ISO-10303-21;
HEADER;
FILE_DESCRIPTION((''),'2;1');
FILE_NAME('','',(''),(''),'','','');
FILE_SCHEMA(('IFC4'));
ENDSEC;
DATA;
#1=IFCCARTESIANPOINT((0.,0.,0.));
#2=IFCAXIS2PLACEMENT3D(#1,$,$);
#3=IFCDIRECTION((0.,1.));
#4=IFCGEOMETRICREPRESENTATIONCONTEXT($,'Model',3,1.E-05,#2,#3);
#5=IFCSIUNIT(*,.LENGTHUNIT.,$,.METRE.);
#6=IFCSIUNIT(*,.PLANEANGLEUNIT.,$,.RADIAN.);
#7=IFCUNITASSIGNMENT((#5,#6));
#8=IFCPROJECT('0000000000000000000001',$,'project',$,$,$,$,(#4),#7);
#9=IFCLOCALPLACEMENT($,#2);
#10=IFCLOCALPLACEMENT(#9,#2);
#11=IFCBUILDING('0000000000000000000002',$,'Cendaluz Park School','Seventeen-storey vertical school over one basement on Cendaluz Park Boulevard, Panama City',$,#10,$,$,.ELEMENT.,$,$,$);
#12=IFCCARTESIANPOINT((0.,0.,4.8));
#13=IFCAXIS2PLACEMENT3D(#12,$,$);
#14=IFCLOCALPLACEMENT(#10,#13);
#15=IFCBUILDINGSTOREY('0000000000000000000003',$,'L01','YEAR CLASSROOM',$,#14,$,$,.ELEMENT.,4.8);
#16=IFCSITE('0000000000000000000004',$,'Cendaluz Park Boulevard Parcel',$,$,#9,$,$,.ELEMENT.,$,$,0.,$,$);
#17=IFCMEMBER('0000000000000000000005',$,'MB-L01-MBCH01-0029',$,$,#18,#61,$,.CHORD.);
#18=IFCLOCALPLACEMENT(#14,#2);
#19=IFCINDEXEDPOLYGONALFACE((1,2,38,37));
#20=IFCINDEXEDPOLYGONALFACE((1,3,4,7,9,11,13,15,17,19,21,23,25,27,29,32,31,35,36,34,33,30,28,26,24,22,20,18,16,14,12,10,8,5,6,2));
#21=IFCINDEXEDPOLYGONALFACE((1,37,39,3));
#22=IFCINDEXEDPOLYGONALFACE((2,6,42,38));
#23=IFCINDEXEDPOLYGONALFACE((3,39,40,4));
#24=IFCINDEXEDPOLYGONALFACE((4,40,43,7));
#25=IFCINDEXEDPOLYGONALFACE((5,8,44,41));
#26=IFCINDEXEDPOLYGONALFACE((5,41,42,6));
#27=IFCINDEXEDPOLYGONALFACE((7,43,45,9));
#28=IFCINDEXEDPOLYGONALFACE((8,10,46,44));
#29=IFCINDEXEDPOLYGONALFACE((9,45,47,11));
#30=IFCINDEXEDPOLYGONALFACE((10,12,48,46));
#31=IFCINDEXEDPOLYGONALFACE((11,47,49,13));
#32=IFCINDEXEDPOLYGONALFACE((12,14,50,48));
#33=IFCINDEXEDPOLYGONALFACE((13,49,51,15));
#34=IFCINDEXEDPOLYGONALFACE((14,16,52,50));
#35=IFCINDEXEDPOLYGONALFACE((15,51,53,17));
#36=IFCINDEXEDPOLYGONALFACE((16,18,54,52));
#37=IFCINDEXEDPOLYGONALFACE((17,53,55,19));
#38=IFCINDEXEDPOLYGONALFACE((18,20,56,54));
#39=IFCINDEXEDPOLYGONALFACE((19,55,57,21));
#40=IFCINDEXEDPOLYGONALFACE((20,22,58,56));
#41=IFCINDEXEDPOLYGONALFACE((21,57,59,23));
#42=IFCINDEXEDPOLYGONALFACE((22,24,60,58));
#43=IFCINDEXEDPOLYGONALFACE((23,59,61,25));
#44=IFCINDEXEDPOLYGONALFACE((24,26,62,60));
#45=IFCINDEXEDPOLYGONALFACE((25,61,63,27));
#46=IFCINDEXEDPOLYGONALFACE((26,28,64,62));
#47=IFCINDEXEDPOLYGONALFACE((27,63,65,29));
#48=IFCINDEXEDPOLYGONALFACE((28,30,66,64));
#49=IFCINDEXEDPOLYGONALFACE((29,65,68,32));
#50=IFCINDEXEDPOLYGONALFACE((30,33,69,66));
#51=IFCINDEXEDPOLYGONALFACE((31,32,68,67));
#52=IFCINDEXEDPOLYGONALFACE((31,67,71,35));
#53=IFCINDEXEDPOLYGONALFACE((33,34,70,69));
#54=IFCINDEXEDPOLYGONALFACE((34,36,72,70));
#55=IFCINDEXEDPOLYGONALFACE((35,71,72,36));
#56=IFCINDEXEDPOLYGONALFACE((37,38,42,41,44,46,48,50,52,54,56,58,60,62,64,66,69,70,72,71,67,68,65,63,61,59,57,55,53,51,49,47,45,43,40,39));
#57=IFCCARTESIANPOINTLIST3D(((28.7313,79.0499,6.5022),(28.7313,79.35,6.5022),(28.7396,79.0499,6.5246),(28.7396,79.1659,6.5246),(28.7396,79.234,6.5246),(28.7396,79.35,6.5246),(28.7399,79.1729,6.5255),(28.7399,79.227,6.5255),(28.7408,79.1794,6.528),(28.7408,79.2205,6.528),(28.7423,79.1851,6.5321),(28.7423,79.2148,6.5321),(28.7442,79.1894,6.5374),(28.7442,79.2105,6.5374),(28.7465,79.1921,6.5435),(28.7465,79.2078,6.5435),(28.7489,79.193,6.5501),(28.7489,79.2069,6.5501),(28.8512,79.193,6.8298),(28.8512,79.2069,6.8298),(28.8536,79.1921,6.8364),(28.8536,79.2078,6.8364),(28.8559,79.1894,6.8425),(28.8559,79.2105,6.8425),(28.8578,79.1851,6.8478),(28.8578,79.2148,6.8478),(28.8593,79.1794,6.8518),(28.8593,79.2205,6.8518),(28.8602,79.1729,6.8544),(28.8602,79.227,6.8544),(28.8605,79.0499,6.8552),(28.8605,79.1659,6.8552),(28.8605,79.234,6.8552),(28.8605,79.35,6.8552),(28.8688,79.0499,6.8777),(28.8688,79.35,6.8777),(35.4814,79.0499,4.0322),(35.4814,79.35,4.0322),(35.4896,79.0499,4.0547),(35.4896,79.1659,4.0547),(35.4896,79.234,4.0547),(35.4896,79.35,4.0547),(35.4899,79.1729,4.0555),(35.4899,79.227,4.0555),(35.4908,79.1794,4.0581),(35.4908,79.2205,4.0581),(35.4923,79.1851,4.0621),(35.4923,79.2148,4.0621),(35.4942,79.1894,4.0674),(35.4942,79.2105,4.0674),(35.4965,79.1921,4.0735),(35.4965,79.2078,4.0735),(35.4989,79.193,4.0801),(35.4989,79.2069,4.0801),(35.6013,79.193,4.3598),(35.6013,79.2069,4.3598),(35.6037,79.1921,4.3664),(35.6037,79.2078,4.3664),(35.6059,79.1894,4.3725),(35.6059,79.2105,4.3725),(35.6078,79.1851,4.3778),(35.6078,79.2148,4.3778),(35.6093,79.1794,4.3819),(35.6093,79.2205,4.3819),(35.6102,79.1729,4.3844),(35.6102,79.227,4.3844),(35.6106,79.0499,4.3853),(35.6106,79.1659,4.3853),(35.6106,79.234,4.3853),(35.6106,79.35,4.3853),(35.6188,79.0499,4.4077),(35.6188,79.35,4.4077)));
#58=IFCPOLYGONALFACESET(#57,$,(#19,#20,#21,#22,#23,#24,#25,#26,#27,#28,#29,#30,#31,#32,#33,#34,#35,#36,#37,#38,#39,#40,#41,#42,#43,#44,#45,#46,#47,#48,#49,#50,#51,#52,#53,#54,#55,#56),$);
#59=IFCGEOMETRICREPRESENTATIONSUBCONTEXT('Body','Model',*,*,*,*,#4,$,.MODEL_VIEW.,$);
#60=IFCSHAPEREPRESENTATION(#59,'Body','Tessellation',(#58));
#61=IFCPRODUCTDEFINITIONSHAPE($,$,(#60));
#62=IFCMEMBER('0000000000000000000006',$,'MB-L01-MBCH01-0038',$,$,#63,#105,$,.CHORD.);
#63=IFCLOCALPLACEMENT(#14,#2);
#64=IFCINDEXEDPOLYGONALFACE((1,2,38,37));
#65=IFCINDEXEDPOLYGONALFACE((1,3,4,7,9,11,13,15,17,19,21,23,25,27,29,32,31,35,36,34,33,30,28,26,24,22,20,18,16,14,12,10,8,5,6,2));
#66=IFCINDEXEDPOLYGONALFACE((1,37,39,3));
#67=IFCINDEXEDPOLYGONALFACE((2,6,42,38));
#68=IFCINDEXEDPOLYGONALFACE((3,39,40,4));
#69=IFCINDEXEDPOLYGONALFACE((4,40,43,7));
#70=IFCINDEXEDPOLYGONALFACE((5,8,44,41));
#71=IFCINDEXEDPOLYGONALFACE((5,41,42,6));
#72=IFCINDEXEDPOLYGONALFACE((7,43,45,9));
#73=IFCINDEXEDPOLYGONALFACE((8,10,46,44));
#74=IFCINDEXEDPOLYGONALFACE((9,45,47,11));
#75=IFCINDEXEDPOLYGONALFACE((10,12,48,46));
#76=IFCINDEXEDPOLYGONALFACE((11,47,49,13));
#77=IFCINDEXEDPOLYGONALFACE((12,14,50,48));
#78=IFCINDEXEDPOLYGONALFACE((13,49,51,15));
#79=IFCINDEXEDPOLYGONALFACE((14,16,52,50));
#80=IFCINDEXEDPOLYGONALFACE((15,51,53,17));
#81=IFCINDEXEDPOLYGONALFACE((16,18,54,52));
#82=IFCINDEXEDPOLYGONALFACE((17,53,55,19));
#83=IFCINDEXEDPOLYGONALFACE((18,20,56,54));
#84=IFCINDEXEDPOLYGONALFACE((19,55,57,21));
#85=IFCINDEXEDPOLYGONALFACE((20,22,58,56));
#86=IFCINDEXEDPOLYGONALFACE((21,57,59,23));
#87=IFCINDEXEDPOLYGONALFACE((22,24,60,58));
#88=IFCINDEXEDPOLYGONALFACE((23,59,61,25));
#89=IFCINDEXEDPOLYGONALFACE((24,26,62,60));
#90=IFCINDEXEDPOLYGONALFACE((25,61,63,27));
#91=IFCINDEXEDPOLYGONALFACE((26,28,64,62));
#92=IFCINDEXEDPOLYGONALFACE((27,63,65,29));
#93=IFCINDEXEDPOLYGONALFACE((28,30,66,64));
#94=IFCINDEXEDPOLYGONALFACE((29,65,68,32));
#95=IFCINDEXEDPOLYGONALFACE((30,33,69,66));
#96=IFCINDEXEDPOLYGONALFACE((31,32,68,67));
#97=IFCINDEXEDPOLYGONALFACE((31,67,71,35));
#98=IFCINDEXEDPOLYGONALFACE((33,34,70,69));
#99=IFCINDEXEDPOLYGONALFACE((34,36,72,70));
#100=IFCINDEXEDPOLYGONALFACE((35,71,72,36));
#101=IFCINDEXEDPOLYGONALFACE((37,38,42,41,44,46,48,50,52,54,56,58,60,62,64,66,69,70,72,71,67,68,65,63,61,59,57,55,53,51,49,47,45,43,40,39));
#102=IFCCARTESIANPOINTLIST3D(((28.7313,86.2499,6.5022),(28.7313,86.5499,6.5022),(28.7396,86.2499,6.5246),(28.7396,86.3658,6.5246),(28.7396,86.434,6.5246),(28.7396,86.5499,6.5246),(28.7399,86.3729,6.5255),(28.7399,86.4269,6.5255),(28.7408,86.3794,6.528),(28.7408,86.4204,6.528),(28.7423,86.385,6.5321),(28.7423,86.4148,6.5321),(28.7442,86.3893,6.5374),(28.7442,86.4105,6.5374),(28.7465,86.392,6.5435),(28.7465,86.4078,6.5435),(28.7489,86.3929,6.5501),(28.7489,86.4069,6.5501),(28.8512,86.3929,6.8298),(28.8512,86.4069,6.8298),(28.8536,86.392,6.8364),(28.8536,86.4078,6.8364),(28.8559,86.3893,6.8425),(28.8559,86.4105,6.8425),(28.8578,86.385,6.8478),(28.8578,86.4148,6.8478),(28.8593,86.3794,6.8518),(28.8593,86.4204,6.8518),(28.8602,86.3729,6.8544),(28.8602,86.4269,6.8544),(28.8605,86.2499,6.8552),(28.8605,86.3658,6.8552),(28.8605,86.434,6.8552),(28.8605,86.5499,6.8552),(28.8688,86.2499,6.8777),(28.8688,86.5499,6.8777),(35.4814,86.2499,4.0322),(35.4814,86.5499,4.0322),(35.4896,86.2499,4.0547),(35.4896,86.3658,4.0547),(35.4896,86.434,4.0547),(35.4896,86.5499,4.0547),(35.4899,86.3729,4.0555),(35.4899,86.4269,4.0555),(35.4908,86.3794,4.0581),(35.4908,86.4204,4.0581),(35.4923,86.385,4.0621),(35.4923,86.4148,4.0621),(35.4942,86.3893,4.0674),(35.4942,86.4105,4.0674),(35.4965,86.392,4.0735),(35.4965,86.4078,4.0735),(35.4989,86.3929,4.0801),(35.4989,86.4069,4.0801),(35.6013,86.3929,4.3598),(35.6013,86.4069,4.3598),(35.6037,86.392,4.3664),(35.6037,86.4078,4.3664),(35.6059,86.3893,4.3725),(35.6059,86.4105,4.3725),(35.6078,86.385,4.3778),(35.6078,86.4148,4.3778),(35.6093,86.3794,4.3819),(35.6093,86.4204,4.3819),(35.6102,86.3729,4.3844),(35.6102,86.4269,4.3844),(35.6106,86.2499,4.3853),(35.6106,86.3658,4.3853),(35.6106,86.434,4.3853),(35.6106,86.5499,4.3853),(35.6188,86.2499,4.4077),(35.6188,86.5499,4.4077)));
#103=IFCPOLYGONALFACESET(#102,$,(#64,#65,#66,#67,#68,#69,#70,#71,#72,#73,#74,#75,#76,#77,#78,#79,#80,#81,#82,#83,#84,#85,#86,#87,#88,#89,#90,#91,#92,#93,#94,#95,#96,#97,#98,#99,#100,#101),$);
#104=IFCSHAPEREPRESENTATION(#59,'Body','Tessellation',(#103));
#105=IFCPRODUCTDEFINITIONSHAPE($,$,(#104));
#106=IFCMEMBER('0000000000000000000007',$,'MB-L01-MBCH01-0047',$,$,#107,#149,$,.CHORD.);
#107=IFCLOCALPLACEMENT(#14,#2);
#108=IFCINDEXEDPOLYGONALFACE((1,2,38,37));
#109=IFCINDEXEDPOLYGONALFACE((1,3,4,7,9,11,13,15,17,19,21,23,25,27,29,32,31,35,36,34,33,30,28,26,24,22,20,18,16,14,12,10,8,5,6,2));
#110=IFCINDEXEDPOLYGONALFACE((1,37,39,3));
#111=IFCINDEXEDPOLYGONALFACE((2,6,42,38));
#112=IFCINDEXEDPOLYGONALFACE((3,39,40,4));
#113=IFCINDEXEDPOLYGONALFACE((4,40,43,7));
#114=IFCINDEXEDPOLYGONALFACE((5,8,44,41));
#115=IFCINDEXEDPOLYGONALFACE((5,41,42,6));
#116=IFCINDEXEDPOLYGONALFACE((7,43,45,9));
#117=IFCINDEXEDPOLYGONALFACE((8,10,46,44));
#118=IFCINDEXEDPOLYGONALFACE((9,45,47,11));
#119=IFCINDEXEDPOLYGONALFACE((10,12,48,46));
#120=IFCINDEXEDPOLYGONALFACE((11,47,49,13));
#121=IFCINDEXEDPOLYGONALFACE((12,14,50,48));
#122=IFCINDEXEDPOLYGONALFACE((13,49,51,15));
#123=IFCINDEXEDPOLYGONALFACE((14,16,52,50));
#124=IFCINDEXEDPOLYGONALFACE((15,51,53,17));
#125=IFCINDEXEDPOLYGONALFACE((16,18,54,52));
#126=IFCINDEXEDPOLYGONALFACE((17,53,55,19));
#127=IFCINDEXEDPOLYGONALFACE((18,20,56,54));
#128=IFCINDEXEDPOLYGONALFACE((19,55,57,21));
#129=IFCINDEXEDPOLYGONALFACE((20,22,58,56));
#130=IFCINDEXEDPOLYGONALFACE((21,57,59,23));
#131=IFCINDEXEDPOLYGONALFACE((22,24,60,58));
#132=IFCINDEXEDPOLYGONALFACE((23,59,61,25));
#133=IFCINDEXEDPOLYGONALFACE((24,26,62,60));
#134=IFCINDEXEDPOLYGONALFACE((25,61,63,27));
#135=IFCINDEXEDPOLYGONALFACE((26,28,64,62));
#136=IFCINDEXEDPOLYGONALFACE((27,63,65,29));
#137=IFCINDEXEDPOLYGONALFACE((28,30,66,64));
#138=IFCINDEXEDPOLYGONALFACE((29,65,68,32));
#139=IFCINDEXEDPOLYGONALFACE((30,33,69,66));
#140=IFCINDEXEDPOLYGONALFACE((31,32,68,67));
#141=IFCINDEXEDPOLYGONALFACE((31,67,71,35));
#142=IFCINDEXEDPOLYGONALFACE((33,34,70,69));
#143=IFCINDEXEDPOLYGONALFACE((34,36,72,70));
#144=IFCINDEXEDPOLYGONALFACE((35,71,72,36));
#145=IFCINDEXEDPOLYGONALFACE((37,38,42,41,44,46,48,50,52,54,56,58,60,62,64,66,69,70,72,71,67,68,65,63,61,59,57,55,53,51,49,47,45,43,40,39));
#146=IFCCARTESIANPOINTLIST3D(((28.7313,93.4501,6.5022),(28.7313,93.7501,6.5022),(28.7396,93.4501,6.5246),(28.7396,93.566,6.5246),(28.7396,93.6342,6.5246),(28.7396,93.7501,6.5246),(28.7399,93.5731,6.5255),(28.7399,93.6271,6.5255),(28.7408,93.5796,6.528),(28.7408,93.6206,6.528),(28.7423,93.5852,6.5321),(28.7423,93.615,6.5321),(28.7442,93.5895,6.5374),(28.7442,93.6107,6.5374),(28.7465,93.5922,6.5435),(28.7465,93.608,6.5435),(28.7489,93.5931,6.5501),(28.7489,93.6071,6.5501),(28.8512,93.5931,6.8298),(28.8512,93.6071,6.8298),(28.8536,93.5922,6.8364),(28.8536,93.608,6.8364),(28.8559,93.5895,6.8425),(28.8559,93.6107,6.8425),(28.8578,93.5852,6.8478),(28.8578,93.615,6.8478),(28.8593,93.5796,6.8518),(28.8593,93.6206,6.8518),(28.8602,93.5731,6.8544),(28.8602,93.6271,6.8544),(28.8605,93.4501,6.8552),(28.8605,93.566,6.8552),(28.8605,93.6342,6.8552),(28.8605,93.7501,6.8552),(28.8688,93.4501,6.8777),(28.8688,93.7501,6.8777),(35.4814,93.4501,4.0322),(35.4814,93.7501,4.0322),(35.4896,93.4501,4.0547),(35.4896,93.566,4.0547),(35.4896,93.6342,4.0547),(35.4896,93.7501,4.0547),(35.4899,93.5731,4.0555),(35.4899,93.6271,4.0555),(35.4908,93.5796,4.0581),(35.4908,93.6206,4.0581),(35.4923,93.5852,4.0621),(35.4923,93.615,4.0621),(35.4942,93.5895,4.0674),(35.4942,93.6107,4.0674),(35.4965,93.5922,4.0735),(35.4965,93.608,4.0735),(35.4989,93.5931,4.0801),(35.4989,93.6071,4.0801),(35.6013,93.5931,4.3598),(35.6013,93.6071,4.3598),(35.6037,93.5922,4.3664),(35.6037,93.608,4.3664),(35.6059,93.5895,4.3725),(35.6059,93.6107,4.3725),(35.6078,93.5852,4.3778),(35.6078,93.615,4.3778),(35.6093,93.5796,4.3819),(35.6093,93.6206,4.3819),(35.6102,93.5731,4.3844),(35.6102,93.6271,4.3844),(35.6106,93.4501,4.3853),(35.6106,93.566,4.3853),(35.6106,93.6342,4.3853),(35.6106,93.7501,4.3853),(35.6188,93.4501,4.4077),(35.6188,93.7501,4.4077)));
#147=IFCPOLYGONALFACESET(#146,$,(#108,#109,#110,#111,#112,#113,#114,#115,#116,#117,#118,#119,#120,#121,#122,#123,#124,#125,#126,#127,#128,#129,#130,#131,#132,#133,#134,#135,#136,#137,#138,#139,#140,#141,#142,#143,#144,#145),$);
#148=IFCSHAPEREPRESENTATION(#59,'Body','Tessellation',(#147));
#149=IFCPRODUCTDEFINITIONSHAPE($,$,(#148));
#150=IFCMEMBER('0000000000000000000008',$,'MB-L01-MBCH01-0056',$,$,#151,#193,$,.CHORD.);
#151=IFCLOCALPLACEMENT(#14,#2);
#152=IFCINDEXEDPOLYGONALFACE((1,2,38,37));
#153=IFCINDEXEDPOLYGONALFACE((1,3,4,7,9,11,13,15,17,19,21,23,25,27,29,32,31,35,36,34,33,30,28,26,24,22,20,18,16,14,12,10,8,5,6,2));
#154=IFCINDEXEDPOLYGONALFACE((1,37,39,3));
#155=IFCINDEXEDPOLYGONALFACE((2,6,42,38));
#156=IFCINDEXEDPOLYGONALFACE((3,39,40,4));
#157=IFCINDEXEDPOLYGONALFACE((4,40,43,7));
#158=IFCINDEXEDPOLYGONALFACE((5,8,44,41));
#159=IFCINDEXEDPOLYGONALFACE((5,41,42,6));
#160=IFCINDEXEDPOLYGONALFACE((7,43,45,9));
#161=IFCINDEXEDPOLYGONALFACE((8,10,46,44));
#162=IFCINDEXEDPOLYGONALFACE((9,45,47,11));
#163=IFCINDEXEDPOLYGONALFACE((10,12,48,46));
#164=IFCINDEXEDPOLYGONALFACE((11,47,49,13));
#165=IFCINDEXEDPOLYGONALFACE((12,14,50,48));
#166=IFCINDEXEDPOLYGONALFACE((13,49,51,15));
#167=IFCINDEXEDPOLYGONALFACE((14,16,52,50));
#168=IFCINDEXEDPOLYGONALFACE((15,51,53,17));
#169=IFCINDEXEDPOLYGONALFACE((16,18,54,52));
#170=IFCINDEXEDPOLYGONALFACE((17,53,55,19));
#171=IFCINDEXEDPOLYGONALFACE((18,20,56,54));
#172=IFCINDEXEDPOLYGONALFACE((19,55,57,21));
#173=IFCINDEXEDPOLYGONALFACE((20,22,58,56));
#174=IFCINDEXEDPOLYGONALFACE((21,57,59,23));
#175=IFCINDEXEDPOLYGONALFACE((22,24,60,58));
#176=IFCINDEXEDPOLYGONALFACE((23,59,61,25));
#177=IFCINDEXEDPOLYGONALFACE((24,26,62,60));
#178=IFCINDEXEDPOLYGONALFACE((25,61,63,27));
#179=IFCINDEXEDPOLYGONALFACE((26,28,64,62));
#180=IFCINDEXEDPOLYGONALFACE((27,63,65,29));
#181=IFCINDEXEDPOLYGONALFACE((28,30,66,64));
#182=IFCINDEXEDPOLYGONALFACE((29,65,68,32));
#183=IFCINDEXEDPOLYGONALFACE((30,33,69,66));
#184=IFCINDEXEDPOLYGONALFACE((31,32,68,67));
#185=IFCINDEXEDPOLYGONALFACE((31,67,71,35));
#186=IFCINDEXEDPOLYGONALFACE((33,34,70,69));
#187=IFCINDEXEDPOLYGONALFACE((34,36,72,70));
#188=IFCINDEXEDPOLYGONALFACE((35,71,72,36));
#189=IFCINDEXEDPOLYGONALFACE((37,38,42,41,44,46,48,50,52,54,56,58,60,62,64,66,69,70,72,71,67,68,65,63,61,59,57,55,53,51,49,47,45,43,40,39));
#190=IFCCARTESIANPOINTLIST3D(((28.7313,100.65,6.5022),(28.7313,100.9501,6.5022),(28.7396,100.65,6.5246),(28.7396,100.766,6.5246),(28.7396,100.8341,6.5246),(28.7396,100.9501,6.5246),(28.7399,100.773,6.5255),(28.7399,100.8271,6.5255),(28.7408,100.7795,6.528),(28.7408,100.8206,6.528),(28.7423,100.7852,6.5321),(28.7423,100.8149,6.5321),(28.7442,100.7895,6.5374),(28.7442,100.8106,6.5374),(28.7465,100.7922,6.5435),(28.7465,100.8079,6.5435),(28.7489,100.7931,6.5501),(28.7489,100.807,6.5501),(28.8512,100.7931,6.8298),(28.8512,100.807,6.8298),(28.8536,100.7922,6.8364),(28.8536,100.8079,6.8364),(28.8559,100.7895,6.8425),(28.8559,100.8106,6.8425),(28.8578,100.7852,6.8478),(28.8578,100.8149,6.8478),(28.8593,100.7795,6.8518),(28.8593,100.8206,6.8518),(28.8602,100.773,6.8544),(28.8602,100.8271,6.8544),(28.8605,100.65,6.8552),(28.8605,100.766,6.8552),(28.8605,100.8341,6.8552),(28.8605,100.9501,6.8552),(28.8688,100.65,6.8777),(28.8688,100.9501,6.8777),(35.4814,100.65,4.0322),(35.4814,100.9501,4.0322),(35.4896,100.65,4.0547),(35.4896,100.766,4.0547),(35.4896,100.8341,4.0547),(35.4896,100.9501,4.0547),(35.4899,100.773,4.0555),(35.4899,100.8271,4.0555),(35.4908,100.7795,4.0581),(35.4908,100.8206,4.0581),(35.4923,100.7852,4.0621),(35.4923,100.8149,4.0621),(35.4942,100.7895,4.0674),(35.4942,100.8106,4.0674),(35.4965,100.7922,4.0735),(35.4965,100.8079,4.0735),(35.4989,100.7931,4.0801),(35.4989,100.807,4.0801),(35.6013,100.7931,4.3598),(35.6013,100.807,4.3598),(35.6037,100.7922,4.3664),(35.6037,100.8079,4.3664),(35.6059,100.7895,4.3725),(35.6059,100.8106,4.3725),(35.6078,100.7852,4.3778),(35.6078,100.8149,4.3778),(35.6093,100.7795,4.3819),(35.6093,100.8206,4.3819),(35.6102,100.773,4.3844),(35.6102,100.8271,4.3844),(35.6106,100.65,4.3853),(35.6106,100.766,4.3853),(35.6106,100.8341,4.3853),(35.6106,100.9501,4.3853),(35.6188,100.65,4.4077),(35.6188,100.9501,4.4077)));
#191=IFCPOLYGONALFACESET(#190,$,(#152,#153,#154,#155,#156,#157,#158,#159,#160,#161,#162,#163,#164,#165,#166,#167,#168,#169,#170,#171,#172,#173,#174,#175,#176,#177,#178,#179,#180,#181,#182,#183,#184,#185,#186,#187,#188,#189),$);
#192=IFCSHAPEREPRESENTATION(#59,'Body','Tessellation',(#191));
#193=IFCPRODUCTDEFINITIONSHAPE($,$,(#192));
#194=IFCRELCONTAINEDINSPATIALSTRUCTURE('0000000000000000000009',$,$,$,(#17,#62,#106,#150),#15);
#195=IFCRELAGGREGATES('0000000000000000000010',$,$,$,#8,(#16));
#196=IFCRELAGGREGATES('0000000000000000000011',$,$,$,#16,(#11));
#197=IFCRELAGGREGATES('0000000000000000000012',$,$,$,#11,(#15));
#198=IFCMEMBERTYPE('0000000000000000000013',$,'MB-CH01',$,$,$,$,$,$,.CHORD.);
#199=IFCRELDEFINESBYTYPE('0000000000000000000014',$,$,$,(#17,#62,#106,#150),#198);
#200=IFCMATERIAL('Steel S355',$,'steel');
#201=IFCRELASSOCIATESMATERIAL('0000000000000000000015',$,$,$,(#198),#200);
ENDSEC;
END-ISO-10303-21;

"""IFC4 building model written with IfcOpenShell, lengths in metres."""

from ifc_helpers import new_model, si_unit, direction, frame, origin, origin_2d, place, context, subcontext, project, spatial, i_section, extrude, material, material_profile, profile_set, type_object, element, save


model = new_model("IFC4")

# Units and contexts
model_context = context("Model", 3, precision=1e-05, world=origin(), true_north=direction((0.0, 1.0)))
body_context = subcontext(model_context, "Body", "Model", "MODEL_VIEW")
ifc_project = project(units=[si_unit("LENGTHUNIT", "METRE"), si_unit("PLANEANGLEUNIT", "RADIAN")], contexts=[model_context])

# Site, building, storey
site_placement = place(None, origin())
site = spatial("IfcSite", under=ifc_project, at=site_placement, Name="Cendaluz Park Boulevard Parcel", CompositionType="ELEMENT", RefElevation=0.0)
building_placement = place(site_placement, origin())
building = spatial("IfcBuilding", under=site, at=building_placement, Name="Cendaluz Park School", Description="Seventeen-storey vertical school over one basement on Cendaluz Park Boulevard, Panama City", CompositionType="ELEMENT")
storey_placement = place(building_placement, frame((0.0, 0.0, 4.8)))
storey = spatial("IfcBuildingStorey", under=building, at=storey_placement, Name="L01", Description="YEAR CLASSROOM", CompositionType="ELEMENT", Elevation=4.8)

# Members
ifc_material_1 = material(Name="Steel S355", Category="steel")
ifc_material_profile_1 = material_profile(ifc_material_1, i_section(OverallWidth=0.3, OverallDepth=0.3999, WebThickness=0.0139, FlangeThickness=0.0239, FilletRadius=0.0271, at=origin_2d()), Name="HEB 400", Category="steel")
ifc_profile_set_1 = profile_set([ifc_material_profile_1], Name="Steel S355")
member_type_1 = type_object("IfcMemberType", Name="MB-CH01", PredefinedType="CHORD", material=ifc_profile_set_1)
for number, where, z_axis, x_axis, name in (
    (1, (28.8, 79.2, 6.6899), (0.939102, 0.0, -0.343638), (0.0, 1.0, 0.0), "MB-L01-MBCH01-0029"),
    (2, (28.8, 86.3999, 6.6899), (0.939102, 0.0, -0.343638), (0.0, 1.0, 0.0), "MB-L01-MBCH01-0038"),
    (3, (28.8, 93.6001, 6.6899), (0.939102, 0.0, -0.343638), (0.0, 1.0, 0.0), "MB-L01-MBCH01-0047"),
    (4, (28.8, 100.8, 6.6899), (0.939102, 0.0, -0.343638), (0.0, 1.0, 0.0), "MB-L01-MBCH01-0056"),
):
    element("IfcMember", number, at=place(storey_placement, frame(where, z_axis=z_axis, x_axis=x_axis)), inside=storey, type_object=member_type_1, Name=name, PredefinedType="CHORD", context=body_context, shape_type="SweptSolid", body=[
        extrude(i_section(OverallWidth=0.3, OverallDepth=0.3999, WebThickness=0.0139, FlangeThickness=0.0239, FilletRadius=0.0271, at=origin_2d()), origin(), (0.0, 0.0, 1.0), 7.1877),
    ])

save(model, "model.ifc")
